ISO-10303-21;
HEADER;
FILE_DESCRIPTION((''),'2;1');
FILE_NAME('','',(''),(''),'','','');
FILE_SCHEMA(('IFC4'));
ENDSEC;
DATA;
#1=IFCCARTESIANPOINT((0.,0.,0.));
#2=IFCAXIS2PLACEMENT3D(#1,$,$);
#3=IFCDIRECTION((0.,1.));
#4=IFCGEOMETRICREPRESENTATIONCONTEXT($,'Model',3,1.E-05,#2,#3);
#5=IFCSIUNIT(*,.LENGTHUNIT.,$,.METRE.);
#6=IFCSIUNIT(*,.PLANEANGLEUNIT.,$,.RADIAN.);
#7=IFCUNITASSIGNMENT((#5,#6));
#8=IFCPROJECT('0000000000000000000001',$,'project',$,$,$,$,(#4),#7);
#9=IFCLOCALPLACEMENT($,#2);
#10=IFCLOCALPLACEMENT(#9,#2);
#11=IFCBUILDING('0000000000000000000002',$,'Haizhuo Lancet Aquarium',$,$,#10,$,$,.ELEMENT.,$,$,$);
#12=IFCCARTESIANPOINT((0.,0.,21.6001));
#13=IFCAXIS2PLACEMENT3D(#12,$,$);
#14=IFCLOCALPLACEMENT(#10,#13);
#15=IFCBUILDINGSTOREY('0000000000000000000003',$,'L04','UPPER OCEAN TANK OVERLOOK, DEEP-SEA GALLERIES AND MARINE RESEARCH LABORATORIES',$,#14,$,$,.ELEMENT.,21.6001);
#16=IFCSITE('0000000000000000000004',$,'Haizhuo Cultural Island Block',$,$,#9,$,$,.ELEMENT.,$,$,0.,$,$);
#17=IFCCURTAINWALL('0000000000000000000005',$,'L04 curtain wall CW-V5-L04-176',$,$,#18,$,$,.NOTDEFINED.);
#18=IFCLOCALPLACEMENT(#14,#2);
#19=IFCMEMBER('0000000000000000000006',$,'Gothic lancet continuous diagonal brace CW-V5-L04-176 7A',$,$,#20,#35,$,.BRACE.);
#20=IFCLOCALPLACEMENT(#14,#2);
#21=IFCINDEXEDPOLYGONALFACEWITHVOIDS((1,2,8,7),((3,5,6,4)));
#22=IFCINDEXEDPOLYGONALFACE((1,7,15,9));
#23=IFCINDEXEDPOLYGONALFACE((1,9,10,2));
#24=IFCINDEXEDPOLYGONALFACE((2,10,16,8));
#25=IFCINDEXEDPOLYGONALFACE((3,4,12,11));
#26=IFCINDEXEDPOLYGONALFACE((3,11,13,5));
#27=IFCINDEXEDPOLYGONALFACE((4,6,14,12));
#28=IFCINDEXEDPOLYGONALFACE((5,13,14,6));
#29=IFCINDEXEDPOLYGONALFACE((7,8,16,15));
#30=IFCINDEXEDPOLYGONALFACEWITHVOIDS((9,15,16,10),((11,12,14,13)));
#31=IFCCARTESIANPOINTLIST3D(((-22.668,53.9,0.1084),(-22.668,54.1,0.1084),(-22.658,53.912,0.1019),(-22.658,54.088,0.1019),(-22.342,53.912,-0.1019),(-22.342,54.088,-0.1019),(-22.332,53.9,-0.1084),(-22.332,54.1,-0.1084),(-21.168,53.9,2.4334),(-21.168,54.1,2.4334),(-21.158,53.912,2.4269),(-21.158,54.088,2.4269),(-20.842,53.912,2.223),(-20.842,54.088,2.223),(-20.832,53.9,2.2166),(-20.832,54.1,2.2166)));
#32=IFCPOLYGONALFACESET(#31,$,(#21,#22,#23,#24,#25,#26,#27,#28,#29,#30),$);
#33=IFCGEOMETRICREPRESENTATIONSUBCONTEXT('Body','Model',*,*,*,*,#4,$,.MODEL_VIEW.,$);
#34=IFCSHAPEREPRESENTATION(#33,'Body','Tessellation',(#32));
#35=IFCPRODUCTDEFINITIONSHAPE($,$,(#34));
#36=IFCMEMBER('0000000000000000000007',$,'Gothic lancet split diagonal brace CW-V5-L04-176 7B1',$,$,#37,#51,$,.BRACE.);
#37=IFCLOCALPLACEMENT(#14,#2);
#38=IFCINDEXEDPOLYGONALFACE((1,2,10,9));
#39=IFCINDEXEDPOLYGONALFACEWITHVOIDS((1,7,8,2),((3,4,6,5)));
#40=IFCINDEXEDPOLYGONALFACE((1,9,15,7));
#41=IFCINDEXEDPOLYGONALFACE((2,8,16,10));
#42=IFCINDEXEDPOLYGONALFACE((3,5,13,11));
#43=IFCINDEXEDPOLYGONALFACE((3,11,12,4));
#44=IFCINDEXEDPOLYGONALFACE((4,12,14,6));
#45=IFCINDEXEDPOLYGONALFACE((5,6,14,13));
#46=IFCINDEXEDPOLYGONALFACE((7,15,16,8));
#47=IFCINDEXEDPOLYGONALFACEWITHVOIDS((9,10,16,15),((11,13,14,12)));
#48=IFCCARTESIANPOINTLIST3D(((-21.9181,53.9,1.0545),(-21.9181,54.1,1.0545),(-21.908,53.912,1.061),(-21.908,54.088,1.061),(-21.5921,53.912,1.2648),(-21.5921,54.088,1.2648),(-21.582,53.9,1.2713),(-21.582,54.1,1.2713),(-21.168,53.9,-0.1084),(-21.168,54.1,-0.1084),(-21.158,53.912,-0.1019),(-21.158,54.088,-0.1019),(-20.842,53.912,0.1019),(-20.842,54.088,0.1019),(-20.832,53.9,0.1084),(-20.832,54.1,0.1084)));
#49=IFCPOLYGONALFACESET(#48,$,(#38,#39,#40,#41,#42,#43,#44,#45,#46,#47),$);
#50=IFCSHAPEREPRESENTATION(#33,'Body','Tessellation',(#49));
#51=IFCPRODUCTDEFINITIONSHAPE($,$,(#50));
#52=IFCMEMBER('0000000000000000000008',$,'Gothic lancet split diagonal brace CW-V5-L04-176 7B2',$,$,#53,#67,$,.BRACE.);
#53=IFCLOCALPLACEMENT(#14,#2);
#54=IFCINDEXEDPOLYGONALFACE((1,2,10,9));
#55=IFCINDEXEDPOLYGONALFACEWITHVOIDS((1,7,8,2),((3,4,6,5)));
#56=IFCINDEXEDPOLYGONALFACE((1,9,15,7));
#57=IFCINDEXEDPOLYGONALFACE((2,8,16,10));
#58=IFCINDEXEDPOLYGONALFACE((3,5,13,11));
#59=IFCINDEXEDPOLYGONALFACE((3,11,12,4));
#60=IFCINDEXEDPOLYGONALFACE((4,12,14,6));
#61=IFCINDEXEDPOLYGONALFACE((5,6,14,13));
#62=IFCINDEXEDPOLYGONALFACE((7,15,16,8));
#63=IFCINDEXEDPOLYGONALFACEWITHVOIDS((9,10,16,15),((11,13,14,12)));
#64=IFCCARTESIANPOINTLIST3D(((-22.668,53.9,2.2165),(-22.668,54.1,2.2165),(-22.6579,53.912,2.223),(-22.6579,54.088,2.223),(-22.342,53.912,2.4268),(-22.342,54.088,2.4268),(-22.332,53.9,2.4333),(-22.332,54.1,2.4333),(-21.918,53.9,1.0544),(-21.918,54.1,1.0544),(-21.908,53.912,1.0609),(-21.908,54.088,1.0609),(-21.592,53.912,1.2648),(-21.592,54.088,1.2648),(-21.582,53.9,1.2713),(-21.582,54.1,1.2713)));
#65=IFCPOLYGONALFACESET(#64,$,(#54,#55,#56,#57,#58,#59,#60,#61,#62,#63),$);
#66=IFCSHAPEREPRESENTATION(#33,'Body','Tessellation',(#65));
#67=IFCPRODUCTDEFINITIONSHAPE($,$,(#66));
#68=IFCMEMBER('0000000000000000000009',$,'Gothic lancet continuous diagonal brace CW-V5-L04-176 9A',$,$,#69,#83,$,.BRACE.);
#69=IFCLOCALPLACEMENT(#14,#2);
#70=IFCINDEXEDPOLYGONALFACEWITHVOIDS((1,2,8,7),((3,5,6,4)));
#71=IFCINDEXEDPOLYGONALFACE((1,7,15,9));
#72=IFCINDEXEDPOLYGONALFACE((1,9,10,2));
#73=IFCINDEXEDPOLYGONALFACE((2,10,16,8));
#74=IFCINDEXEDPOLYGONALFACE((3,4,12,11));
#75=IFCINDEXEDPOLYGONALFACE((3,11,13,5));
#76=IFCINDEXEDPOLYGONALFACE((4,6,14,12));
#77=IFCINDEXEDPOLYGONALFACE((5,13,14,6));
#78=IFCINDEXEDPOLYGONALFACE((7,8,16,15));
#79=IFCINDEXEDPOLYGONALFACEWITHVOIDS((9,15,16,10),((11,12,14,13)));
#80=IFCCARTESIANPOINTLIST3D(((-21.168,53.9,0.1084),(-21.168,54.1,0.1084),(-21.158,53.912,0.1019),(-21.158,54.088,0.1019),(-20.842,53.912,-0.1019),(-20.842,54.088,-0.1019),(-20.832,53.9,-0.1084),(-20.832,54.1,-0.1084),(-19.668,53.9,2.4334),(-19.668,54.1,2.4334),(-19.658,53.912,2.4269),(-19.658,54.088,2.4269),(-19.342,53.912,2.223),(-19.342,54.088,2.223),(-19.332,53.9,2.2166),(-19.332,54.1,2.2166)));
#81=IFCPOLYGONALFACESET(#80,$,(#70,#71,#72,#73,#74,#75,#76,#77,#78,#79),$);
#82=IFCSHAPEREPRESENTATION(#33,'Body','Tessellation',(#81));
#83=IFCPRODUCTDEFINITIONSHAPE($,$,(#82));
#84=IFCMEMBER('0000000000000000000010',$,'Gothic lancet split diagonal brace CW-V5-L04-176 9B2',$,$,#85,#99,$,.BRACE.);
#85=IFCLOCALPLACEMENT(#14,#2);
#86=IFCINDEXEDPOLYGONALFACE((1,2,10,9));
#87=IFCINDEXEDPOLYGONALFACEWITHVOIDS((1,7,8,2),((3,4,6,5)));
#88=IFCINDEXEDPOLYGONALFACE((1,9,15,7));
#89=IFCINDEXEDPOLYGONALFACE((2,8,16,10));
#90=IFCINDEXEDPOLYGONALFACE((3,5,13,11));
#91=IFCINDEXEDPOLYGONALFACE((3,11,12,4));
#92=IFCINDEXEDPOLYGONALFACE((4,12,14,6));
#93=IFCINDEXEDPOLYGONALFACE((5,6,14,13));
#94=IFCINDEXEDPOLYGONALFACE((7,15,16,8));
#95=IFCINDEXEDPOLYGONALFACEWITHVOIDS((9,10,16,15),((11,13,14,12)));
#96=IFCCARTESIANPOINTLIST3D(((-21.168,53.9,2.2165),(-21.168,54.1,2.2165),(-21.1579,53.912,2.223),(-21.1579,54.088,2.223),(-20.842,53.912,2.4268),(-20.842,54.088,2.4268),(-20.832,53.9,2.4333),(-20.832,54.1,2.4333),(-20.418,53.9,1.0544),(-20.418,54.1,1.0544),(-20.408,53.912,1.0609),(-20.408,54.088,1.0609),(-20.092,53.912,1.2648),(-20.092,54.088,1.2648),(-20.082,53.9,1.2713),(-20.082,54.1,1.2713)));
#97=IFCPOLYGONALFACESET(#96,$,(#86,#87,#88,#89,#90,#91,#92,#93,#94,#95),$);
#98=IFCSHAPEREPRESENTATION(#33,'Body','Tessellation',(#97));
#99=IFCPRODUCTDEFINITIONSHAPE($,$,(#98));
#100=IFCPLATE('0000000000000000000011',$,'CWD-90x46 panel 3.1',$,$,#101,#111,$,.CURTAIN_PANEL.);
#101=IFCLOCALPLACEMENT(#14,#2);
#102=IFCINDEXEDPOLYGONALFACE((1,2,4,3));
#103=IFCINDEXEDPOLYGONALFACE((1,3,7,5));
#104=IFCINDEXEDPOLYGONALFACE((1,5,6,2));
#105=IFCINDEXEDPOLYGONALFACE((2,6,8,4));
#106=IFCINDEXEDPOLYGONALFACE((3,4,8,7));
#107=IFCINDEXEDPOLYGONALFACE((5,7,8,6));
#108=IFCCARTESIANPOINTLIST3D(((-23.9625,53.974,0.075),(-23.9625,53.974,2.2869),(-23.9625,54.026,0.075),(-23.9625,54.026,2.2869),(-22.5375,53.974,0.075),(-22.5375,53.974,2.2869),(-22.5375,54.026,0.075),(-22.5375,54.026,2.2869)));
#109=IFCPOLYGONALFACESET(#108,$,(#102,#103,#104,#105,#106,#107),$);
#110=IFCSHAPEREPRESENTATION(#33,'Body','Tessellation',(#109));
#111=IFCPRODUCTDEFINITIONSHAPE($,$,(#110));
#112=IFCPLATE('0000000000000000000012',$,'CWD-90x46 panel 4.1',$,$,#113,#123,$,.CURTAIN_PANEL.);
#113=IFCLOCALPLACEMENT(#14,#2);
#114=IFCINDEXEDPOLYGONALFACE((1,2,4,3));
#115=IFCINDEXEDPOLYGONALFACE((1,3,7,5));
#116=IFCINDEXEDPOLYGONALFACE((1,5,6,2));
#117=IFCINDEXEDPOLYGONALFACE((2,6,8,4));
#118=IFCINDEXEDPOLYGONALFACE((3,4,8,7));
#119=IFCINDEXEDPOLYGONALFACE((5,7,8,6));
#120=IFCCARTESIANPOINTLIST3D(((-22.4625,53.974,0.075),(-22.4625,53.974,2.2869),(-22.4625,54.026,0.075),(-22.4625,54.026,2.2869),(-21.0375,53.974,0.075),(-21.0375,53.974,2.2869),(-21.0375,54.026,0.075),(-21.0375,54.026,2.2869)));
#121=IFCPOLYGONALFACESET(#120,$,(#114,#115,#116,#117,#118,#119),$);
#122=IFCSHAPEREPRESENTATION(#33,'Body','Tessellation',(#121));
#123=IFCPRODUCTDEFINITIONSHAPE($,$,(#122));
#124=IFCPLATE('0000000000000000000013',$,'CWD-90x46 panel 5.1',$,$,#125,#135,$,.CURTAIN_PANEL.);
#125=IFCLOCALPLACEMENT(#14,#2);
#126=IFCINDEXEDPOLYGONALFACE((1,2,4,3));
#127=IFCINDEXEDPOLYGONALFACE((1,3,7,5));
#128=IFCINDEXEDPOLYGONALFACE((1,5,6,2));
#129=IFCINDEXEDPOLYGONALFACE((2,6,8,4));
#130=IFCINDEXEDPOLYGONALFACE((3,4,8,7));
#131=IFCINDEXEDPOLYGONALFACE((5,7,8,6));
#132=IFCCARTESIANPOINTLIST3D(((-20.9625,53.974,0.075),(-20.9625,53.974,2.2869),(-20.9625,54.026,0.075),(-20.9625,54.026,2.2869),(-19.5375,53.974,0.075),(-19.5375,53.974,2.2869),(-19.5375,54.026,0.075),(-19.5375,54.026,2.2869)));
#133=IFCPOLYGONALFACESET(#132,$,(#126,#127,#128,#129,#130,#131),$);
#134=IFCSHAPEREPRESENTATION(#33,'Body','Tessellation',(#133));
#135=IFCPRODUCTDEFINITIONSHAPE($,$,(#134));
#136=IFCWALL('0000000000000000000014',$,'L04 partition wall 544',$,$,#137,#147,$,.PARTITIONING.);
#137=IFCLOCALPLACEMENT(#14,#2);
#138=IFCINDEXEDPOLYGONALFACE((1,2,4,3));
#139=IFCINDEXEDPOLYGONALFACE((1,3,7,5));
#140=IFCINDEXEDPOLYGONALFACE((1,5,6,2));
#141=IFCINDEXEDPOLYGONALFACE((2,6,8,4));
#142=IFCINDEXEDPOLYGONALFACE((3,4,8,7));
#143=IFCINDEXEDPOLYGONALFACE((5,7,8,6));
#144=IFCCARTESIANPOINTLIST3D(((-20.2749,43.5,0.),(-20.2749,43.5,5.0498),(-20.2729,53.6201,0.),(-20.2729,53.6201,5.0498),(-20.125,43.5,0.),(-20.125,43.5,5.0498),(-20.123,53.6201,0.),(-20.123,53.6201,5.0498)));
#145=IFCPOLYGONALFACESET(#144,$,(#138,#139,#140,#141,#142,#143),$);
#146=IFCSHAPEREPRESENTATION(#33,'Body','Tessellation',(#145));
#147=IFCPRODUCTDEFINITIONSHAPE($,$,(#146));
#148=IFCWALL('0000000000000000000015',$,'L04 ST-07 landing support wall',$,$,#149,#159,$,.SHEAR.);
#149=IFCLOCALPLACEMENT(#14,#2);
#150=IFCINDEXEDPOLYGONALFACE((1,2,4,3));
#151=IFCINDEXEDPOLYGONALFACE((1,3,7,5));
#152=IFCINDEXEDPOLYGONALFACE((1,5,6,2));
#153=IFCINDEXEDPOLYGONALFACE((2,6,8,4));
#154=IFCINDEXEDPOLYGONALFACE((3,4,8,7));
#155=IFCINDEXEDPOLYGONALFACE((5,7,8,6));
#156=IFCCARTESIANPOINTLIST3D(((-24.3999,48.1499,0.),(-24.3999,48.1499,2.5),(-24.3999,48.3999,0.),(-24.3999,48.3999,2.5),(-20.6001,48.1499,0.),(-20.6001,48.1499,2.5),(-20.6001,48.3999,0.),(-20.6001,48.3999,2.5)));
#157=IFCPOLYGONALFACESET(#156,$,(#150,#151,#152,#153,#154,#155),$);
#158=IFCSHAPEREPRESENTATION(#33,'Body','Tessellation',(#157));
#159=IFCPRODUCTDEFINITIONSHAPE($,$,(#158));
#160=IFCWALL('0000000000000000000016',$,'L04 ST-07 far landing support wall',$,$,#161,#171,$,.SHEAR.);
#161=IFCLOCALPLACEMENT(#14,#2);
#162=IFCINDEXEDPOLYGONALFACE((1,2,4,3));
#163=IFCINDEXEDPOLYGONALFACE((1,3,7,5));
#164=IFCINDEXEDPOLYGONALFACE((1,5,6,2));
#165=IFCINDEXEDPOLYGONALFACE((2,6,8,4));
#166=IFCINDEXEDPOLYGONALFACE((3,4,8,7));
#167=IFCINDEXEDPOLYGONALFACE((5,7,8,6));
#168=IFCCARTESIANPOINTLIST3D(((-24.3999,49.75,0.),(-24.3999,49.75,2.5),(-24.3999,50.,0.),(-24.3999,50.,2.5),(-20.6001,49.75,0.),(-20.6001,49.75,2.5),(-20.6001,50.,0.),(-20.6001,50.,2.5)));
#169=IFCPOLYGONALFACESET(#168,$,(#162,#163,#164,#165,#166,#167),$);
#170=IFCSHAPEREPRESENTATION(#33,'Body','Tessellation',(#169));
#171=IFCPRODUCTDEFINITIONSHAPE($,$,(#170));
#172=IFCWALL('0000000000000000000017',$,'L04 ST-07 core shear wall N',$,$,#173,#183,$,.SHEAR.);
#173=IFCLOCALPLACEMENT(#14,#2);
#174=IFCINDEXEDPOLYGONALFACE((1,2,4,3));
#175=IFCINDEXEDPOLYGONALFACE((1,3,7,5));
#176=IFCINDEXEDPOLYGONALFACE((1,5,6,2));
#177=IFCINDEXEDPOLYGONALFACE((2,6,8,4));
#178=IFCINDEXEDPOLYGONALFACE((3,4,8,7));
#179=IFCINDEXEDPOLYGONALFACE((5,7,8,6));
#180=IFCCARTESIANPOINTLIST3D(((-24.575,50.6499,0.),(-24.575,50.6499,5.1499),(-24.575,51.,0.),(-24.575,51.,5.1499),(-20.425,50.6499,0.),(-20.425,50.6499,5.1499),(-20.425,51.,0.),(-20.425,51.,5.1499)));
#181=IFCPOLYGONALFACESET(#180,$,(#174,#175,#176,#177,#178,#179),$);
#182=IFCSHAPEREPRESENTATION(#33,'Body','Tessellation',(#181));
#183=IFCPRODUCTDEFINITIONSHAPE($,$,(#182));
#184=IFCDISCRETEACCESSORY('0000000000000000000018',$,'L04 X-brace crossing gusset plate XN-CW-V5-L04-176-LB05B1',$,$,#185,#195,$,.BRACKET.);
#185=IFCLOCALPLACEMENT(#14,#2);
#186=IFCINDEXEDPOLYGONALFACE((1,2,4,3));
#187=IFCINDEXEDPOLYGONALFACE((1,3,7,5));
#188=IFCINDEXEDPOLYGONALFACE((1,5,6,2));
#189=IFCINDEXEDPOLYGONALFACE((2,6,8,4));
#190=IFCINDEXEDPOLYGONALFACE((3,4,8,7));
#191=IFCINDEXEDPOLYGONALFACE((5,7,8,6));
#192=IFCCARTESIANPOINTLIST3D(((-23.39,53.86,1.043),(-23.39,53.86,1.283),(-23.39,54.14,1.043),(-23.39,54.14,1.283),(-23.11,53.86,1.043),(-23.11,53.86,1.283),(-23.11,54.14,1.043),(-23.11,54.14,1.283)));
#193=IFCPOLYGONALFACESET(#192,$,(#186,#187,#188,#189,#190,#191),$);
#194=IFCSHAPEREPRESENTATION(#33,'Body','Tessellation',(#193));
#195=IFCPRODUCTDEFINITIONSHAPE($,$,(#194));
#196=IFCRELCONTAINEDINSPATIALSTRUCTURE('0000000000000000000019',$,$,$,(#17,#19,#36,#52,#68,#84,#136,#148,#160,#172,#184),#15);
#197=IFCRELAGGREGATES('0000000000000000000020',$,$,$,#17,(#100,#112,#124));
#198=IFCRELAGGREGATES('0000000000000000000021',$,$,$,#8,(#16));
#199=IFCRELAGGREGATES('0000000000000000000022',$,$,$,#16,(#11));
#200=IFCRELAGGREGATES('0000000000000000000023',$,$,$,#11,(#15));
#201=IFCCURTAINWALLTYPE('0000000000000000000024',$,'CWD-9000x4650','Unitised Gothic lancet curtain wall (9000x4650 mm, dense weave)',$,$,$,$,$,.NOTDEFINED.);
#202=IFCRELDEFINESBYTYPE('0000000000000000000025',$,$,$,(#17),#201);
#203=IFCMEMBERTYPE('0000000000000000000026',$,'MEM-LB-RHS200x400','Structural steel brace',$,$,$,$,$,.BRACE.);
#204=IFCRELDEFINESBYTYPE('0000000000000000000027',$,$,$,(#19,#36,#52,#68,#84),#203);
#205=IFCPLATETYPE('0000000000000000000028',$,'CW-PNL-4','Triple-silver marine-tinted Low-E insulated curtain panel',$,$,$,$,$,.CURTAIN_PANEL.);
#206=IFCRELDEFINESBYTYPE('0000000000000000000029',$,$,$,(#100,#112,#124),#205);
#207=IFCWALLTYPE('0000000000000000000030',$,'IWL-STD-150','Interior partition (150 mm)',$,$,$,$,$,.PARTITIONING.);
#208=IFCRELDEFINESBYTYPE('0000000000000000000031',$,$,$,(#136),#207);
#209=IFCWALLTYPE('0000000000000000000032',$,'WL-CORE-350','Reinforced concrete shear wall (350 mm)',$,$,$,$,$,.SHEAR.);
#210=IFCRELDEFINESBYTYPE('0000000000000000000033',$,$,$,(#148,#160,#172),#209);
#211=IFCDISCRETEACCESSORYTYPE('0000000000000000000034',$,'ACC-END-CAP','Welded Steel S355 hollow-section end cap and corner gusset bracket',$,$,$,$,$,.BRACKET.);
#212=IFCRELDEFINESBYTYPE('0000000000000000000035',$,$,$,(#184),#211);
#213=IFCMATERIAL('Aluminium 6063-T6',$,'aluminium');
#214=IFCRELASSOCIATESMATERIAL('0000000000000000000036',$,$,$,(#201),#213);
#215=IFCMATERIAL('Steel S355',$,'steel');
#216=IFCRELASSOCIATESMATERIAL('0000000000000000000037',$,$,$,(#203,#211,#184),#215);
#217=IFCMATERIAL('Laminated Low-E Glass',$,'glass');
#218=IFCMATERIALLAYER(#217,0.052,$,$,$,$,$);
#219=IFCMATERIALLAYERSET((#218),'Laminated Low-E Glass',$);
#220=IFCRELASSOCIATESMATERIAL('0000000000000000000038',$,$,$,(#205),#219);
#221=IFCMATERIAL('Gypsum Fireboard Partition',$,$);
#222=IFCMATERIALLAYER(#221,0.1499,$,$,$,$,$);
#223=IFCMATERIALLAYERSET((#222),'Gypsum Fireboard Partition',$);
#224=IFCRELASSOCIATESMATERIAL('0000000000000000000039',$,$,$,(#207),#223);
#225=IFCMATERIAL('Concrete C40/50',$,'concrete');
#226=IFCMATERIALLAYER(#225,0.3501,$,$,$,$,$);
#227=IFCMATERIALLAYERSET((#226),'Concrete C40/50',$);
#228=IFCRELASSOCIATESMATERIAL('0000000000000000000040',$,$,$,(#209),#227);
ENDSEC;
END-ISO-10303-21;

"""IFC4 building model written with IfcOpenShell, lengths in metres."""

from ifc_helpers import new_model, si_unit, direction, frame, frame_2d, origin, origin_2d, place, context, subcontext, project, spatial, rectangle, hollow_rectangle, extrude, material, layer, layer_set, material_profile, profile_set, type_object, element, aggregate, save


model = new_model("IFC4")

# Units and contexts
model_context = context("Model", 3, precision=1e-05, world=origin(), true_north=direction((0.0, 1.0)))
body_context = subcontext(model_context, "Body", "Model", "MODEL_VIEW")
ifc_project = project(units=[si_unit("LENGTHUNIT", "METRE"), si_unit("PLANEANGLEUNIT", "RADIAN")], contexts=[model_context])

# Site, building, storey
site_placement = place(None, origin())
site = spatial("IfcSite", under=ifc_project, at=site_placement, Name="Haizhuo Cultural Island Block", CompositionType="ELEMENT", RefElevation=0.0)
building_placement = place(site_placement, origin())
building = spatial("IfcBuilding", under=site, at=building_placement, Name="Haizhuo Lancet Aquarium", CompositionType="ELEMENT")
storey_placement = place(building_placement, frame((0.0, 0.0, 21.6001)))
storey = spatial("IfcBuildingStorey", under=building, at=storey_placement, Name="L04", Description="UPPER OCEAN TANK OVERLOOK, DEEP-SEA GALLERIES AND MARINE RESEARCH LABORATORIES", CompositionType="ELEMENT", Elevation=21.6001)

# Curtain wall
ifc_material_1 = material(Name="Aluminium 6063-T6", Category="aluminium")
curtain_wall_type = type_object("IfcCurtainWallType", Name="CWD-9000x4650", Description="Unitised Gothic lancet curtain wall (9000x4650 mm, dense weave)", PredefinedType="NOTDEFINED", material=ifc_material_1)
curtain_wall_placement = place(storey_placement, origin())
curtain_wall = element("IfcCurtainWall", 1, at=curtain_wall_placement, inside=storey, type_object=curtain_wall_type, Name="L04 curtain wall CW-V5-L04-176", PredefinedType="NOTDEFINED")

# Members
ifc_material_2 = material(Name="Steel S355", Category="steel")
ifc_material_profile_1 = material_profile(ifc_material_2, hollow_rectangle(XDim=0.2, YDim=0.3999, WallThickness=0.012, at=origin_2d()), Name="RHS 200x400x12")
ifc_profile_set_1 = profile_set([ifc_material_profile_1], Name="Steel S355")
member_type_1 = type_object("IfcMemberType", Name="MEM-LB-RHS200x400", Description="Structural steel brace", PredefinedType="BRACE", material=ifc_profile_set_1)
member_1_placement = place(storey_placement, frame((-22.5, 54.0, 0.0), z_axis=(0.542135, 0.0, 0.840291), x_axis=(0.0, 1.0, 0.0)))
element("IfcMember", 2, at=member_1_placement, inside=storey, type_object=member_type_1, Name="Gothic lancet continuous diagonal brace CW-V5-L04-176 7A", PredefinedType="BRACE", context=body_context, shape_type="SweptSolid", body=[
    extrude(hollow_rectangle(XDim=0.2, YDim=0.3999, WallThickness=0.012, at=origin_2d()), origin(), (0.0, 0.0, 1.0), 2.7668),
])
member_2_placement = place(storey_placement, frame((-21.0, 54.0, 0.0), z_axis=(-0.542014, 0.0, 0.840369), x_axis=(0.0, -1.0, 0.0)))
element("IfcMember", 3, at=member_2_placement, inside=storey, type_object=member_type_1, Name="Gothic lancet split diagonal brace CW-V5-L04-176 7B1", PredefinedType="BRACE", context=body_context, shape_type="SweptSolid", body=[
    extrude(hollow_rectangle(XDim=0.2, YDim=0.3999, WallThickness=0.012, at=origin_2d()), origin(), (0.0, 0.0, 1.0), 1.3838),
])
member_3_placement = place(storey_placement, frame((-21.75, 54.0, 1.1628), z_axis=(-0.542256, 0.0, 0.840214), x_axis=(0.0, -1.0, 0.0)))
element("IfcMember", 4, at=member_3_placement, inside=storey, type_object=member_type_1, Name="Gothic lancet split diagonal brace CW-V5-L04-176 7B2", PredefinedType="BRACE", context=body_context, shape_type="SweptSolid", body=[
    extrude(hollow_rectangle(XDim=0.2, YDim=0.3999, WallThickness=0.012, at=origin_2d()), origin(), (0.0, 0.0, 1.0), 1.3831),
])
member_4_placement = place(storey_placement, frame((-21.0, 54.0, 0.0), z_axis=(0.542135, 0.0, 0.840291), x_axis=(0.0, 1.0, 0.0)))
element("IfcMember", 5, at=member_4_placement, inside=storey, type_object=member_type_1, Name="Gothic lancet continuous diagonal brace CW-V5-L04-176 9A", PredefinedType="BRACE", context=body_context, shape_type="SweptSolid", body=[
    extrude(hollow_rectangle(XDim=0.2, YDim=0.3999, WallThickness=0.012, at=origin_2d()), origin(), (0.0, 0.0, 1.0), 2.7668),
])
member_5_placement = place(storey_placement, frame((-20.25, 54.0, 1.1628), z_axis=(-0.542256, 0.0, 0.840214), x_axis=(0.0, -1.0, 0.0)))
element("IfcMember", 6, at=member_5_placement, inside=storey, type_object=member_type_1, Name="Gothic lancet split diagonal brace CW-V5-L04-176 9B2", PredefinedType="BRACE", context=body_context, shape_type="SweptSolid", body=[
    extrude(hollow_rectangle(XDim=0.2, YDim=0.3999, WallThickness=0.012, at=origin_2d()), origin(), (0.0, 0.0, 1.0), 1.3831),
])

# Plates
ifc_material_3 = material(Name="Laminated Low-E Glass", Category="glass")
ifc_layer_1 = layer(ifc_material_3, 0.052)
ifc_layer_set_1 = layer_set([ifc_layer_1], Name="Laminated Low-E Glass")
plate_type = type_object("IfcPlateType", Name="CW-PNL-4", Description="Triple-silver marine-tinted Low-E insulated curtain panel", PredefinedType="CURTAIN_PANEL", material=ifc_layer_set_1)
plate_1_placement = place(storey_placement, frame((-23.25, 54.0, 0.075), z_axis=(0.0, 0.0, 1.0), x_axis=(1.0, 0.0, 0.0)))
plate_1 = element("IfcPlate", 7, at=plate_1_placement, type_object=plate_type, Name="CWD-90x46 panel 3.1", PredefinedType="CURTAIN_PANEL", context=body_context, shape_type="SweptSolid", body=[
    extrude(rectangle(XDim=1.425, YDim=0.052, at=origin_2d()), origin(), (0.0, 0.0, 1.0), 2.2119),
])
plate_2_placement = place(storey_placement, frame((-21.75, 54.0, 0.075), z_axis=(0.0, 0.0, 1.0), x_axis=(1.0, 0.0, 0.0)))
plate_2 = element("IfcPlate", 8, at=plate_2_placement, type_object=plate_type, Name="CWD-90x46 panel 4.1", PredefinedType="CURTAIN_PANEL", context=body_context, shape_type="SweptSolid", body=[
    extrude(rectangle(XDim=1.425, YDim=0.052, at=origin_2d()), origin(), (0.0, 0.0, 1.0), 2.2119),
])
plate_3_placement = place(storey_placement, frame((-20.25, 54.0, 0.075), z_axis=(0.0, 0.0, 1.0), x_axis=(1.0, 0.0, 0.0)))
plate_3 = element("IfcPlate", 9, at=plate_3_placement, type_object=plate_type, Name="CWD-90x46 panel 5.1", PredefinedType="CURTAIN_PANEL", context=body_context, shape_type="SweptSolid", body=[
    extrude(rectangle(XDim=1.425, YDim=0.052, at=origin_2d()), origin(), (0.0, 0.0, 1.0), 2.2119),
])
aggregate(curtain_wall, [plate_1, plate_2, plate_3])

# Walls
ifc_material_4 = material(Name="Gypsum Fireboard Partition")
ifc_layer_2 = layer(ifc_material_4, 0.1499)
ifc_layer_set_2 = layer_set([ifc_layer_2], Name="Gypsum Fireboard Partition")
wall_type_1 = type_object("IfcWallType", Name="IWL-STD-150", Description="Interior partition (150 mm)", PredefinedType="PARTITIONING", material=ifc_layer_set_2)
wall_1_placement = place(storey_placement, frame((-20.198, 53.6201, 0.0), z_axis=(0.0, 0.0, 1.0), x_axis=(-0.000193, -1.0, 0.0)))
element("IfcWall", 10, at=wall_1_placement, inside=storey, type_object=wall_type_1, Name="L04 partition wall 544", PredefinedType="PARTITIONING", context=body_context, shape_type="SweptSolid", body=[
    extrude(rectangle(XDim=10.1201, YDim=0.1499, at=frame_2d((5.0601, 0.0))), origin(), (0.0, 0.0, 1.0), 5.0498),
])
ifc_material_5 = material(Name="Concrete C40/50", Category="concrete")
ifc_layer_3 = layer(ifc_material_5, 0.3501)
ifc_layer_set_3 = layer_set([ifc_layer_3], Name="Concrete C40/50")
wall_type_2 = type_object("IfcWallType", Name="WL-CORE-350", Description="Reinforced concrete shear wall (350 mm)", PredefinedType="SHEAR", material=ifc_layer_set_3)
for number, where, z_axis, x_axis, name in (
    (11, (-24.3999, 48.2749, 0.0), (0.0, 0.0, 1.0), (1.0, 0.0, 0.0), "L04 ST-07 landing support wall"),
    (12, (-24.3999, 49.875, 0.0), (0.0, 0.0, 1.0), (1.0, 0.0, 0.0), "L04 ST-07 far landing support wall"),
):
    element("IfcWall", number, at=place(storey_placement, frame(where, z_axis=z_axis, x_axis=x_axis)), inside=storey, type_object=wall_type_2, Name=name, PredefinedType="SHEAR", context=body_context, shape_type="SweptSolid", body=[
        extrude(rectangle(XDim=3.7998, YDim=0.25, at=frame_2d((1.8999, 0.0))), origin(), (0.0, 0.0, 1.0), 2.5),
    ])
wall_2_placement = place(storey_placement, frame((-24.575, 50.825, 0.0), z_axis=(0.0, 0.0, 1.0), x_axis=(1.0, 0.0, 0.0)))
element("IfcWall", 13, at=wall_2_placement, inside=storey, type_object=wall_type_2, Name="L04 ST-07 core shear wall N", PredefinedType="SHEAR", context=body_context, shape_type="SweptSolid", body=[
    extrude(rectangle(XDim=4.1499, YDim=0.3501, at=frame_2d((2.075, 0.0))), origin(), (0.0, 0.0, 1.0), 5.1499),
])

# Discrete accessory
discrete_accessory_type = type_object("IfcDiscreteAccessoryType", Name="ACC-END-CAP", Description="Welded Steel S355 hollow-section end cap and corner gusset bracket", PredefinedType="BRACKET", material=ifc_material_2)
for number, where, z_axis, x_axis, name in (
    (14, (-23.25, 54.0, 1.043), (0.0, 0.0, 1.0), (1.0, 0.0, 0.0), "L04 X-brace crossing gusset plate XN-CW-V5-L04-176-LB05B1"),
):
    element("IfcDiscreteAccessory", number, at=place(storey_placement, frame(where, z_axis=z_axis, x_axis=x_axis)), inside=storey, type_object=discrete_accessory_type, material=ifc_material_2, Name=name, PredefinedType="BRACKET", context=body_context, shape_type="SweptSolid", body=[
        extrude(rectangle(XDim=0.28, YDim=0.28, at=origin_2d()), origin(), (0.0, 0.0, 1.0), 0.24),
    ])

save(model, "model.ifc")
